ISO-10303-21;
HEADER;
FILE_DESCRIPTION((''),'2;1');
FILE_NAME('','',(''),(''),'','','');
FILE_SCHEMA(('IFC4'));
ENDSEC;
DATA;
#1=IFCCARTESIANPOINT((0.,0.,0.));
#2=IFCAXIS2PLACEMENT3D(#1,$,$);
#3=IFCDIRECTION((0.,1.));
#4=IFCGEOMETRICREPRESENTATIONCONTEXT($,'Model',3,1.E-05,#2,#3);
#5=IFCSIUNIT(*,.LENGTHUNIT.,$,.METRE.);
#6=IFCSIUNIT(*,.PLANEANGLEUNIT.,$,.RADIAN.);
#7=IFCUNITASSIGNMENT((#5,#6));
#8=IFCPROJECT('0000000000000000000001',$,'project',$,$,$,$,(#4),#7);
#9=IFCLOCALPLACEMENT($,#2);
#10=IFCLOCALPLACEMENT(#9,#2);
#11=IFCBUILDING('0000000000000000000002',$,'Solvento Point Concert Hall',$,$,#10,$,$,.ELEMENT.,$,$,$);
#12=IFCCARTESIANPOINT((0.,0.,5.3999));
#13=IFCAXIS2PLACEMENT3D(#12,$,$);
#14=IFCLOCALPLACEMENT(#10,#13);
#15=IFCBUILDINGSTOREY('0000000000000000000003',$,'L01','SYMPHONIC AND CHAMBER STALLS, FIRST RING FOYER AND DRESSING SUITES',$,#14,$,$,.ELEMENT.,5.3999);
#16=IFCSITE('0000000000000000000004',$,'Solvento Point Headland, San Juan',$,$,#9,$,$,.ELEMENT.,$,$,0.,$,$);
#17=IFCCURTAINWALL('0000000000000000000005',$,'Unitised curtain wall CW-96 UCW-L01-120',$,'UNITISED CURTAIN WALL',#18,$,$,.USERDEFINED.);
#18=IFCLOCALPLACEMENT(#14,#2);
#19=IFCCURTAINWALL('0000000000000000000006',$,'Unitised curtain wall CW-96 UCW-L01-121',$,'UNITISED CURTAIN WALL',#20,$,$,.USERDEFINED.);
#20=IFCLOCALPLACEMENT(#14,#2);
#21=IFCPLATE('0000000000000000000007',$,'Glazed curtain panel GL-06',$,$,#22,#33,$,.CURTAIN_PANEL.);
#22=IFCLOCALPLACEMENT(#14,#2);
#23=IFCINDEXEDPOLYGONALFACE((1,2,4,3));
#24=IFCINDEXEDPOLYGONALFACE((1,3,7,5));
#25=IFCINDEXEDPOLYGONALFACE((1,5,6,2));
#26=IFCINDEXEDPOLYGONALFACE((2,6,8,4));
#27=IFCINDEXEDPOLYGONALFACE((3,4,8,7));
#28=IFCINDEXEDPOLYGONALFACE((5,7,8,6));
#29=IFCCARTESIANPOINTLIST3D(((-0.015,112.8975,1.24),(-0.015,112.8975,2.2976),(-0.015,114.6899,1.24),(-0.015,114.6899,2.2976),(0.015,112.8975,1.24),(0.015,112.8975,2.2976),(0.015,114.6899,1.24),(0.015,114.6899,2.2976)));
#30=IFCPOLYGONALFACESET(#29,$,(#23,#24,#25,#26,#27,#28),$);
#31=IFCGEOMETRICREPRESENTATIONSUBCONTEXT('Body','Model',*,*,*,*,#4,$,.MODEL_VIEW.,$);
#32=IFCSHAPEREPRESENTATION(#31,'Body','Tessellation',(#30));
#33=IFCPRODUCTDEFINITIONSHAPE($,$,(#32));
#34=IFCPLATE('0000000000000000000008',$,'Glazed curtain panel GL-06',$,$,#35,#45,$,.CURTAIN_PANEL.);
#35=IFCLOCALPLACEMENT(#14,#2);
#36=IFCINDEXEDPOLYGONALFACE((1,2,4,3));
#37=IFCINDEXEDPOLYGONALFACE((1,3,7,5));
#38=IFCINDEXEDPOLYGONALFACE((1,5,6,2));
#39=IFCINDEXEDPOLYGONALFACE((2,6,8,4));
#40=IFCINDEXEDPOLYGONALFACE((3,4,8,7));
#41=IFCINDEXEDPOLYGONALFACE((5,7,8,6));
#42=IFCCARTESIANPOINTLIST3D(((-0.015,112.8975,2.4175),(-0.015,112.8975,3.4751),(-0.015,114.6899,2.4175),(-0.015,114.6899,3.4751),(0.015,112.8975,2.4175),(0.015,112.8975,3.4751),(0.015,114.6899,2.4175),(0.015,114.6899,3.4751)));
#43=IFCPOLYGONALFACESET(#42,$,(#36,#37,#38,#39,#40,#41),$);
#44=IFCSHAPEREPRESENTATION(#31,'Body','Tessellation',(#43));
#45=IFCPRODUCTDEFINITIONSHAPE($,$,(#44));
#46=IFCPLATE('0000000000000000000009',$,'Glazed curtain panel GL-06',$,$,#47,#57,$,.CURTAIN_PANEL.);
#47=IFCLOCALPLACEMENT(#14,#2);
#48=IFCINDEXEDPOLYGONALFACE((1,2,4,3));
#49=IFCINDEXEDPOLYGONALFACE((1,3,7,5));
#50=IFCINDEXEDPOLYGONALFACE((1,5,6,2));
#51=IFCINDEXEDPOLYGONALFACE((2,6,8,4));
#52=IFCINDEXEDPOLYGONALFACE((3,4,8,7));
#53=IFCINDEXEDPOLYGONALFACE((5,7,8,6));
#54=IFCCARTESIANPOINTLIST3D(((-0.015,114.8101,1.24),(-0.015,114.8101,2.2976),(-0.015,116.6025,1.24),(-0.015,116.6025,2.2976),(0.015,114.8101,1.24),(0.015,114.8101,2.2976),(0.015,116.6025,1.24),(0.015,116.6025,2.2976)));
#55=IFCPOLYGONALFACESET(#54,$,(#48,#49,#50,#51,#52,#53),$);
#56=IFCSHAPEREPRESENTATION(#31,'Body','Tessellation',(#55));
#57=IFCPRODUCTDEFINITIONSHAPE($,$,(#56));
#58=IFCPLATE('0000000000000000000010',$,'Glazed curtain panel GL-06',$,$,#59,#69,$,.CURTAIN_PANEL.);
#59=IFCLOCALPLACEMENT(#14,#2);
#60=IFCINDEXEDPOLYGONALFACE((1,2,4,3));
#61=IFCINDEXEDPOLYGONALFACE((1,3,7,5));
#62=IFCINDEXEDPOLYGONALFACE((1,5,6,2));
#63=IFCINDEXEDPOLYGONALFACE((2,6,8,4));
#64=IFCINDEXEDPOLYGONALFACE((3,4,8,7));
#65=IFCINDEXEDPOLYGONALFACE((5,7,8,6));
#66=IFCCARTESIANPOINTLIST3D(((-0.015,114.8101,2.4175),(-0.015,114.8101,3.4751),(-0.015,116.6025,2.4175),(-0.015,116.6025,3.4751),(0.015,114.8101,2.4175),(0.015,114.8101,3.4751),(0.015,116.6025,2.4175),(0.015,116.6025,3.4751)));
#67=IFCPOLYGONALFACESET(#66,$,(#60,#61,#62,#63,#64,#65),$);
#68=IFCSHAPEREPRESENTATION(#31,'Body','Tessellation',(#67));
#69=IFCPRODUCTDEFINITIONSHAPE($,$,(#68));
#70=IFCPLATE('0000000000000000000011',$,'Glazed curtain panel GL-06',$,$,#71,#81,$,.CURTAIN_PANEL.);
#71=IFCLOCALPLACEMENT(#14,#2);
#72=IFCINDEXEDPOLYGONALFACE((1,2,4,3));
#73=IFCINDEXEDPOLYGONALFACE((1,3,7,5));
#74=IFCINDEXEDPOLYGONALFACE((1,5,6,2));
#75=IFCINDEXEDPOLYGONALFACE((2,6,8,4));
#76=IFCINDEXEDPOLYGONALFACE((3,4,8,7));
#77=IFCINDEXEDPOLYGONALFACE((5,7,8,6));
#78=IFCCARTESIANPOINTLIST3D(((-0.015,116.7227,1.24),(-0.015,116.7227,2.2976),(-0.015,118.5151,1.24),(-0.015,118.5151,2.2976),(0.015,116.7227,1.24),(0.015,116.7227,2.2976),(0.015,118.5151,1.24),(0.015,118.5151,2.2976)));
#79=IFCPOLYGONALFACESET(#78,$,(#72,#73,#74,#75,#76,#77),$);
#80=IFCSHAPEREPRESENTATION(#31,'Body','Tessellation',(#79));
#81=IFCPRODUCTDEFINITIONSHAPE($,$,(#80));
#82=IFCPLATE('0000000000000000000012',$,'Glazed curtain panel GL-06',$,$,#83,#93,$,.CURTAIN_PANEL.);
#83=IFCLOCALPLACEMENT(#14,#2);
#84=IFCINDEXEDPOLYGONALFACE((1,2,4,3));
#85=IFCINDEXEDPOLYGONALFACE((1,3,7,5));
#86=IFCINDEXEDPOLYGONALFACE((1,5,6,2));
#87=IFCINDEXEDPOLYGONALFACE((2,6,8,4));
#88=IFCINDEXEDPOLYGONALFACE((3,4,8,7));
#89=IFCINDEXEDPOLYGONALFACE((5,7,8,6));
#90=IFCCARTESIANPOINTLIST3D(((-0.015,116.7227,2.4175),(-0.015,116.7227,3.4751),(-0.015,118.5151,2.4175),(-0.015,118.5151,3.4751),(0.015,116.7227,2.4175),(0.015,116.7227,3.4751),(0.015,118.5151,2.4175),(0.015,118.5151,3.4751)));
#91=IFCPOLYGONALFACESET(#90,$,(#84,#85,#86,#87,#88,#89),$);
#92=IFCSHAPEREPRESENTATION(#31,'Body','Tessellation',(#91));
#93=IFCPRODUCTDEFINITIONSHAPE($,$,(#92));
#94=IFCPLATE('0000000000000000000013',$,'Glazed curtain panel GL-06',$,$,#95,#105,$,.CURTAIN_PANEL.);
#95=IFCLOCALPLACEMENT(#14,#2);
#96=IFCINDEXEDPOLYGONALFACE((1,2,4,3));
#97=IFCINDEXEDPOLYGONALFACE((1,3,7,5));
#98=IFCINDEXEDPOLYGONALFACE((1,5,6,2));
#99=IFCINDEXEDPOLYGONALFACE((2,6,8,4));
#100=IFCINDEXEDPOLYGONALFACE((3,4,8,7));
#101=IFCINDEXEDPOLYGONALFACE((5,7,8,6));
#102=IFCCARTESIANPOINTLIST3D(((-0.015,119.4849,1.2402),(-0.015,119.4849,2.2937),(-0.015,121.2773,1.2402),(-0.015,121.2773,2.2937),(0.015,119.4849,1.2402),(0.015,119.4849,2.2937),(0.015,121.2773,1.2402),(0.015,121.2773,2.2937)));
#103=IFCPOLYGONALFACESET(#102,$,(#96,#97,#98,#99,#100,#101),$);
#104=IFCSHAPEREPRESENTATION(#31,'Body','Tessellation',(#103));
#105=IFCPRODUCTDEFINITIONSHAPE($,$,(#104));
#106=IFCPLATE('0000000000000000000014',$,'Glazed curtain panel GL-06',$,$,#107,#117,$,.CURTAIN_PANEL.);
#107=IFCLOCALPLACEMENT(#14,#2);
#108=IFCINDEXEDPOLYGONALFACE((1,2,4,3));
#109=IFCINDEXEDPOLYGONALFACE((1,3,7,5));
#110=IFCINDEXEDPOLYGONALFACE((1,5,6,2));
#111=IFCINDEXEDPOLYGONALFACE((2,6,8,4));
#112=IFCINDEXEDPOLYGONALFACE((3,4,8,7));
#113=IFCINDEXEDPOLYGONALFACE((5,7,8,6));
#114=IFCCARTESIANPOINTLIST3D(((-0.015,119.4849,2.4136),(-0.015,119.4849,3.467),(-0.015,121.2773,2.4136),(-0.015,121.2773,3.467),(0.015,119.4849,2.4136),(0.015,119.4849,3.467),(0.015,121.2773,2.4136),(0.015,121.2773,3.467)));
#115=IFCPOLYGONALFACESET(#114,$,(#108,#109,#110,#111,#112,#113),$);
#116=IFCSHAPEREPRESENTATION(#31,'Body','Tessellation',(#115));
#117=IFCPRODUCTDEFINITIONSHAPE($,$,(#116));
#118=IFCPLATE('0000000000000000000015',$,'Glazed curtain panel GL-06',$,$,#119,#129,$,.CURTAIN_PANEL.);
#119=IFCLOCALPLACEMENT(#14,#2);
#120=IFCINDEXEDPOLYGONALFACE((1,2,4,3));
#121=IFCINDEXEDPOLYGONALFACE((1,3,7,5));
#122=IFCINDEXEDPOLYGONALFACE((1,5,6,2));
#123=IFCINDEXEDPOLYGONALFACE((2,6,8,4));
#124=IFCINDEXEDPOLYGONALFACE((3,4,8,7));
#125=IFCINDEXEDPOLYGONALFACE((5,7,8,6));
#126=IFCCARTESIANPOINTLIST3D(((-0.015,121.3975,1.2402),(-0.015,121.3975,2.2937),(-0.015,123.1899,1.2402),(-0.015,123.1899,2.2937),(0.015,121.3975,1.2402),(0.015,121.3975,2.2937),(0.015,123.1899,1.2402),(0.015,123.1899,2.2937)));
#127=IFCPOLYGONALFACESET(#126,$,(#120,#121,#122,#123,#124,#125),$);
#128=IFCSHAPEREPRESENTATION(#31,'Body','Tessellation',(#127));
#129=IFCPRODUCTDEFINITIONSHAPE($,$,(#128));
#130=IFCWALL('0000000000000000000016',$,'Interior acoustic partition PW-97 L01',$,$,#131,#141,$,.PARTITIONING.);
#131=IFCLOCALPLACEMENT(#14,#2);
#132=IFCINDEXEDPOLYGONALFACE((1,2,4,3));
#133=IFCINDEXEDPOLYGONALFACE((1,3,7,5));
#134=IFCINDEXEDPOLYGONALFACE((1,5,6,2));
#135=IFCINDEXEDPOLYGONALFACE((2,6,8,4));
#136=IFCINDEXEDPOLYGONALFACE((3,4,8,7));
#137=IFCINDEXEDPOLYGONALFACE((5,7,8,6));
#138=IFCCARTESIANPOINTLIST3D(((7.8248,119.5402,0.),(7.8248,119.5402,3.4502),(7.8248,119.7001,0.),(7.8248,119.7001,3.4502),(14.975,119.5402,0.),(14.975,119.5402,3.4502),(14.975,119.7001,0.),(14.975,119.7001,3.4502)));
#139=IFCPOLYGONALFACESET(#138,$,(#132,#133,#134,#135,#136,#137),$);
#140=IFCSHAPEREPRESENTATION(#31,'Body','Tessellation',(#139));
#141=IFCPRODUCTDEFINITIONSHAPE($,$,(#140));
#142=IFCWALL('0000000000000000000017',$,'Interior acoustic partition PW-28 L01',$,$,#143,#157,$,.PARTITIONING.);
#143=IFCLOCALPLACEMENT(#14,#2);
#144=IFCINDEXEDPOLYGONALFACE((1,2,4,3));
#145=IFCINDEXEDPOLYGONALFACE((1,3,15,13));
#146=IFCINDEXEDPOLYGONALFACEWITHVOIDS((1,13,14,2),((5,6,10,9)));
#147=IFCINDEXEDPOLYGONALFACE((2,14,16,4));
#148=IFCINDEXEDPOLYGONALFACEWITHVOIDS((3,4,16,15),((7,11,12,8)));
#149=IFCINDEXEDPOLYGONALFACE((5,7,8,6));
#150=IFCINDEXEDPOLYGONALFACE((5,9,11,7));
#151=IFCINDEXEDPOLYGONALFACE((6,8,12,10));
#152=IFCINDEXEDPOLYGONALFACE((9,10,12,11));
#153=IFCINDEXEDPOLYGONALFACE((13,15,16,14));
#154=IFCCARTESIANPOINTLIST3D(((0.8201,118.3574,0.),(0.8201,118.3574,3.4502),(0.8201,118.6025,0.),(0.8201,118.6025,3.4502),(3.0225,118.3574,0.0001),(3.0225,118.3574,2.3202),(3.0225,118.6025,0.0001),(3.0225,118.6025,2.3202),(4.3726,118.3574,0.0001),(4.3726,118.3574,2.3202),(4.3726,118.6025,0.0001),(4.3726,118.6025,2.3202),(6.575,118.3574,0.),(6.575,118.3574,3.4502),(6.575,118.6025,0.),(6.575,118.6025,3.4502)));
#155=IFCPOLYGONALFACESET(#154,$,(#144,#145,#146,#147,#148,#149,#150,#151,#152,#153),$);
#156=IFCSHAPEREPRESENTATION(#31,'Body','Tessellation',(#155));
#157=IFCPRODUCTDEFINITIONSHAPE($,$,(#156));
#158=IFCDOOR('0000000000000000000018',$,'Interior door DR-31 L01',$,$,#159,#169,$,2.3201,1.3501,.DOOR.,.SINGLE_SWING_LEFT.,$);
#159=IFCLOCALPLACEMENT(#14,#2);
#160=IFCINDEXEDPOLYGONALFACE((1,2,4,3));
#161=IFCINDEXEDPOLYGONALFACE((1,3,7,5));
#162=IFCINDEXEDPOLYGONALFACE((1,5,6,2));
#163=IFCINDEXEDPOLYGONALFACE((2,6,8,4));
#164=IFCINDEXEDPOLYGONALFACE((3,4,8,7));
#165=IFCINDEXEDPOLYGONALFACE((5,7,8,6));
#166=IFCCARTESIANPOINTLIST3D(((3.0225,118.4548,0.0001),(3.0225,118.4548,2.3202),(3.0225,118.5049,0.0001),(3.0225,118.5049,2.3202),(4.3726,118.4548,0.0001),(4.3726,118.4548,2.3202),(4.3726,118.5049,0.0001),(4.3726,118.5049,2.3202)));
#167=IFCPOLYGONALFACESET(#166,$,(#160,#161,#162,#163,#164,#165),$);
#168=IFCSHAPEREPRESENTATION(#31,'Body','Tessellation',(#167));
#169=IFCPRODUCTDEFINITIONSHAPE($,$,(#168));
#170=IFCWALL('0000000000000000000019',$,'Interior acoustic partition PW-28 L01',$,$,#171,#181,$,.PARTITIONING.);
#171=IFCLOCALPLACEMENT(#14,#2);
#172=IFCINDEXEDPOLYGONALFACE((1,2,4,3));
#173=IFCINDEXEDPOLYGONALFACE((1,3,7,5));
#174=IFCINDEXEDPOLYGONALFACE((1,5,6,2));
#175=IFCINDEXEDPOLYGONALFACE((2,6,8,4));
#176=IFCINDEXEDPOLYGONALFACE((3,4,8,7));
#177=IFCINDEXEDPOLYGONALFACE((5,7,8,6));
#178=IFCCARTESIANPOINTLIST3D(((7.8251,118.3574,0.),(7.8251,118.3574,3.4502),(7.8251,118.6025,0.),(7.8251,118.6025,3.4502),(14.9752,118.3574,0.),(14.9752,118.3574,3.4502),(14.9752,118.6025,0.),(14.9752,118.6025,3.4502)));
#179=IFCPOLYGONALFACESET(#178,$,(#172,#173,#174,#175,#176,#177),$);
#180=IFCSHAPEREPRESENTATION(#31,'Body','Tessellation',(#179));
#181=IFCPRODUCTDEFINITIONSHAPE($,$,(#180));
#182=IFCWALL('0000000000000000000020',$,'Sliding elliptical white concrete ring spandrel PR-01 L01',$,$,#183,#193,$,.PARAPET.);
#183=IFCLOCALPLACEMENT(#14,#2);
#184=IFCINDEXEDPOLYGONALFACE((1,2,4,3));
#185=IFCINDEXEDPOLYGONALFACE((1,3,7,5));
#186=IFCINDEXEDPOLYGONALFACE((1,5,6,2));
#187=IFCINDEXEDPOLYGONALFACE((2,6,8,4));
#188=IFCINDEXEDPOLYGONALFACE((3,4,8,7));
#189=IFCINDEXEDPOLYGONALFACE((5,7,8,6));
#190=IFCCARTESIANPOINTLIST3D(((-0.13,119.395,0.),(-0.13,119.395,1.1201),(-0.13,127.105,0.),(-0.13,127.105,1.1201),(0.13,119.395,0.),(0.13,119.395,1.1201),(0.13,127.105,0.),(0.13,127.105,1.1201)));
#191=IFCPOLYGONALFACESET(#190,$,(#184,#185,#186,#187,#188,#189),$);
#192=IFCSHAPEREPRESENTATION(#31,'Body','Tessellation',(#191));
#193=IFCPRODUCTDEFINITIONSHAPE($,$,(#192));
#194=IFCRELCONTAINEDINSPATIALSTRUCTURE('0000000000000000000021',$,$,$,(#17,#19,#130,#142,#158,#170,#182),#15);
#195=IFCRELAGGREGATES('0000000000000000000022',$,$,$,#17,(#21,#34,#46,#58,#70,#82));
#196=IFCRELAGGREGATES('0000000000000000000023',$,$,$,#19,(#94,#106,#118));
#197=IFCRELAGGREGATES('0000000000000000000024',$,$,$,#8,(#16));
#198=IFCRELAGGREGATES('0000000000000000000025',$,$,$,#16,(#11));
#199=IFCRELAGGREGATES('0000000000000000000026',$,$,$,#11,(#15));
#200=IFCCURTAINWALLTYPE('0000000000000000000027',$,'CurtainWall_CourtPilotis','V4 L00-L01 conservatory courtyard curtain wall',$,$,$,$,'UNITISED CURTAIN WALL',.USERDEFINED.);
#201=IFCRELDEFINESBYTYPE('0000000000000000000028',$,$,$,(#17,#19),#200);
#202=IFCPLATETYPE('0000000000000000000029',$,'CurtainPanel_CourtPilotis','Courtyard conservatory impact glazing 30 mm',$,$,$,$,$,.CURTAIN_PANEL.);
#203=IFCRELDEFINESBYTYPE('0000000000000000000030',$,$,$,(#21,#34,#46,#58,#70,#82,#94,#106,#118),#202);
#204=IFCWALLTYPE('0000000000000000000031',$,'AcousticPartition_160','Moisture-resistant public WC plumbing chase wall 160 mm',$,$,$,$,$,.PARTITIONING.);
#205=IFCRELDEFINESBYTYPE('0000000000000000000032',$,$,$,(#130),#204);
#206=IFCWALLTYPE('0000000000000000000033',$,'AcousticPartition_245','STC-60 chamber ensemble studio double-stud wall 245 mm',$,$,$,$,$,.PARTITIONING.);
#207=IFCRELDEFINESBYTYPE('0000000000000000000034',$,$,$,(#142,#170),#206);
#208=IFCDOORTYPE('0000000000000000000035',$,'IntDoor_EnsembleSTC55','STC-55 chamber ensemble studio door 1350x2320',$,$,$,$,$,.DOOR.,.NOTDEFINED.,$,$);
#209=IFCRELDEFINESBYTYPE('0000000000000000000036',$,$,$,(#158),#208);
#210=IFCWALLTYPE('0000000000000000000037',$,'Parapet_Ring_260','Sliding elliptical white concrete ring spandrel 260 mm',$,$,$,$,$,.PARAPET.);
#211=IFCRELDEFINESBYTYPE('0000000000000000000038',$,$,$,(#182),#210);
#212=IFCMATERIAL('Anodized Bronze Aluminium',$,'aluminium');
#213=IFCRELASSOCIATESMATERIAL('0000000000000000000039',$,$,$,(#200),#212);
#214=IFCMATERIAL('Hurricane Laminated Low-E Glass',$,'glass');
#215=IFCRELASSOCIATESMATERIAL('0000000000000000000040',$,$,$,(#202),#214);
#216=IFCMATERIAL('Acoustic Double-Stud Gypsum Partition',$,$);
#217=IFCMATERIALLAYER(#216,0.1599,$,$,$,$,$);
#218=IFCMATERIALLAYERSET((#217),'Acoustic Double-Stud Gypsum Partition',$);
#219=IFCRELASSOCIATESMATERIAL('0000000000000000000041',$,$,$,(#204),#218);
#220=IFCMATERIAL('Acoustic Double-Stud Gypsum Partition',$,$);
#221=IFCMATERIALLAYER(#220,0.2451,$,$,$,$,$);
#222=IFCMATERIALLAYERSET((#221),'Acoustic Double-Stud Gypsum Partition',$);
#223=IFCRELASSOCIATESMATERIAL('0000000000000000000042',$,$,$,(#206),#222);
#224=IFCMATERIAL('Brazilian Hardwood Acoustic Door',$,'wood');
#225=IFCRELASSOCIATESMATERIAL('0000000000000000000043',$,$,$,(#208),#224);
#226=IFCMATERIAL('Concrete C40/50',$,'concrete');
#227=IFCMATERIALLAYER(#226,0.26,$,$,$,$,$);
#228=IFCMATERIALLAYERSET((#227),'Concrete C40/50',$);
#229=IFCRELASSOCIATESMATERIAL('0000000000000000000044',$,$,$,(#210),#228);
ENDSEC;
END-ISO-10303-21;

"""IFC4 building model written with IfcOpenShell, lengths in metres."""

from ifc_helpers import new_model, si_unit, direction, frame, frame_2d, origin, origin_2d, place, context, subcontext, project, spatial, rectangle, extrude, material, layer, layer_set, type_object, element, fill, aggregate, save


model = new_model("IFC4")

# Units and contexts
model_context = context("Model", 3, precision=1e-05, world=origin(), true_north=direction((0.0, 1.0)))
body_context = subcontext(model_context, "Body", "Model", "MODEL_VIEW")
ifc_project = project(units=[si_unit("LENGTHUNIT", "METRE"), si_unit("PLANEANGLEUNIT", "RADIAN")], contexts=[model_context])

# Site, building, storey
site_placement = place(None, origin())
site = spatial("IfcSite", under=ifc_project, at=site_placement, Name="Solvento Point Headland, San Juan", CompositionType="ELEMENT", RefElevation=0.0)
building_placement = place(site_placement, origin())
building = spatial("IfcBuilding", under=site, at=building_placement, Name="Solvento Point Concert Hall", CompositionType="ELEMENT")
storey_placement = place(building_placement, frame((0.0, 0.0, 5.3999)))
storey = spatial("IfcBuildingStorey", under=building, at=storey_placement, Name="L01", Description="SYMPHONIC AND CHAMBER STALLS, FIRST RING FOYER AND DRESSING SUITES", CompositionType="ELEMENT", Elevation=5.3999)

# Curtain walls
ifc_material_1 = material(Name="Anodized Bronze Aluminium", Category="aluminium")
curtain_wall_type = type_object("IfcCurtainWallType", Name="CurtainWall_CourtPilotis", Description="V4 L00-L01 conservatory courtyard curtain wall", ElementType="UNITISED CURTAIN WALL", PredefinedType="USERDEFINED", material=ifc_material_1)
curtain_wall_1_placement = place(storey_placement, origin())
curtain_wall_1 = element("IfcCurtainWall", 1, at=curtain_wall_1_placement, inside=storey, type_object=curtain_wall_type, Name="Unitised curtain wall CW-96 UCW-L01-120", ObjectType="UNITISED CURTAIN WALL", PredefinedType="USERDEFINED")
curtain_wall_2_placement = place(storey_placement, origin())
curtain_wall_2 = element("IfcCurtainWall", 2, at=curtain_wall_2_placement, inside=storey, type_object=curtain_wall_type, Name="Unitised curtain wall CW-96 UCW-L01-121", ObjectType="UNITISED CURTAIN WALL", PredefinedType="USERDEFINED")

# Plates
ifc_material_2 = material(Name="Hurricane Laminated Low-E Glass", Category="glass")
plate_type = type_object("IfcPlateType", Name="CurtainPanel_CourtPilotis", Description="Courtyard conservatory impact glazing 30 mm", PredefinedType="CURTAIN_PANEL", material=ifc_material_2)
plate_1_placement = place(storey_placement, frame((0.0, 113.7937, 1.24), z_axis=(0.0, 0.0, 1.0), x_axis=(0.0, 1.0, 0.0)))
plate_1 = element("IfcPlate", 3, at=plate_1_placement, type_object=plate_type, Name="Glazed curtain panel GL-06", PredefinedType="CURTAIN_PANEL", context=body_context, shape_type="SweptSolid", body=[
    extrude(rectangle(XDim=1.7925, YDim=0.03, at=origin_2d()), origin(), (0.0, 0.0, 1.0), 1.0576),
])
plate_2_placement = place(storey_placement, frame((0.0, 113.7937, 2.4175), z_axis=(0.0, 0.0, 1.0), x_axis=(0.0, 1.0, 0.0)))
plate_2 = element("IfcPlate", 4, at=plate_2_placement, type_object=plate_type, Name="Glazed curtain panel GL-06", PredefinedType="CURTAIN_PANEL", context=body_context, shape_type="SweptSolid", body=[
    extrude(rectangle(XDim=1.7925, YDim=0.03, at=origin_2d()), origin(), (0.0, 0.0, 1.0), 1.0576),
])
plate_3_placement = place(storey_placement, frame((0.0, 115.7063, 1.24), z_axis=(0.0, 0.0, 1.0), x_axis=(0.0, 1.0, 0.0)))
plate_3 = element("IfcPlate", 5, at=plate_3_placement, type_object=plate_type, Name="Glazed curtain panel GL-06", PredefinedType="CURTAIN_PANEL", context=body_context, shape_type="SweptSolid", body=[
    extrude(rectangle(XDim=1.7925, YDim=0.03, at=origin_2d()), origin(), (0.0, 0.0, 1.0), 1.0576),
])
plate_4_placement = place(storey_placement, frame((0.0, 115.7063, 2.4175), z_axis=(0.0, 0.0, 1.0), x_axis=(0.0, 1.0, 0.0)))
plate_4 = element("IfcPlate", 6, at=plate_4_placement, type_object=plate_type, Name="Glazed curtain panel GL-06", PredefinedType="CURTAIN_PANEL", context=body_context, shape_type="SweptSolid", body=[
    extrude(rectangle(XDim=1.7925, YDim=0.03, at=origin_2d()), origin(), (0.0, 0.0, 1.0), 1.0576),
])
plate_5_placement = place(storey_placement, frame((0.0, 117.6189, 1.24), z_axis=(0.0, 0.0, 1.0), x_axis=(0.0, 1.0, 0.0)))
plate_5 = element("IfcPlate", 7, at=plate_5_placement, type_object=plate_type, Name="Glazed curtain panel GL-06", PredefinedType="CURTAIN_PANEL", context=body_context, shape_type="SweptSolid", body=[
    extrude(rectangle(XDim=1.7925, YDim=0.03, at=origin_2d()), origin(), (0.0, 0.0, 1.0), 1.0576),
])
plate_6_placement = place(storey_placement, frame((0.0, 117.6189, 2.4175), z_axis=(0.0, 0.0, 1.0), x_axis=(0.0, 1.0, 0.0)))
plate_6 = element("IfcPlate", 8, at=plate_6_placement, type_object=plate_type, Name="Glazed curtain panel GL-06", PredefinedType="CURTAIN_PANEL", context=body_context, shape_type="SweptSolid", body=[
    extrude(rectangle(XDim=1.7925, YDim=0.03, at=origin_2d()), origin(), (0.0, 0.0, 1.0), 1.0576),
])
aggregate(curtain_wall_1, [plate_1, plate_2, plate_3, plate_4, plate_5, plate_6])
plate_7_placement = place(storey_placement, frame((0.0, 120.3811, 1.2402), z_axis=(0.0, 0.0, 1.0), x_axis=(0.0, 1.0, 0.0)))
plate_7 = element("IfcPlate", 9, at=plate_7_placement, type_object=plate_type, Name="Glazed curtain panel GL-06", PredefinedType="CURTAIN_PANEL", context=body_context, shape_type="SweptSolid", body=[
    extrude(rectangle(XDim=1.7925, YDim=0.03, at=origin_2d()), origin(), (0.0, 0.0, 1.0), 1.0535),
])
plate_8_placement = place(storey_placement, frame((0.0, 120.3811, 2.4136), z_axis=(0.0, 0.0, 1.0), x_axis=(0.0, 1.0, 0.0)))
plate_8 = element("IfcPlate", 10, at=plate_8_placement, type_object=plate_type, Name="Glazed curtain panel GL-06", PredefinedType="CURTAIN_PANEL", context=body_context, shape_type="SweptSolid", body=[
    extrude(rectangle(XDim=1.7925, YDim=0.03, at=origin_2d()), origin(), (0.0, 0.0, 1.0), 1.0535),
])
plate_9_placement = place(storey_placement, frame((0.0, 122.2937, 1.2402), z_axis=(0.0, 0.0, 1.0), x_axis=(0.0, 1.0, 0.0)))
plate_9 = element("IfcPlate", 11, at=plate_9_placement, type_object=plate_type, Name="Glazed curtain panel GL-06", PredefinedType="CURTAIN_PANEL", context=body_context, shape_type="SweptSolid", body=[
    extrude(rectangle(XDim=1.7925, YDim=0.03, at=origin_2d()), origin(), (0.0, 0.0, 1.0), 1.0535),
])
aggregate(curtain_wall_2, [plate_7, plate_8, plate_9])

# Wall
ifc_material_3 = material(Name="Acoustic Double-Stud Gypsum Partition")
ifc_layer_1 = layer(ifc_material_3, 0.1599)
ifc_layer_set_1 = layer_set([ifc_layer_1], Name="Acoustic Double-Stud Gypsum Partition")
wall_type_1 = type_object("IfcWallType", Name="AcousticPartition_160", Description="Moisture-resistant public WC plumbing chase wall 160 mm", PredefinedType="PARTITIONING", material=ifc_layer_set_1)
wall_1_placement = place(storey_placement, frame((14.9751, 119.6201, 0.0), z_axis=(0.0, 0.0, 1.0), x_axis=(-1.0, 0.0, 0.0)))
element("IfcWall", 12, at=wall_1_placement, inside=storey, type_object=wall_type_1, Name="Interior acoustic partition PW-97 L01", PredefinedType="PARTITIONING", context=body_context, shape_type="SweptSolid", body=[
    extrude(rectangle(XDim=7.1501, YDim=0.1599, at=frame_2d((3.5752, 0.0))), origin(), (0.0, 0.0, 1.0), 3.4502),
])

# Wall, opening, door
ifc_material_4 = material(Name="Acoustic Double-Stud Gypsum Partition")
ifc_layer_2 = layer(ifc_material_4, 0.2451)
ifc_layer_set_2 = layer_set([ifc_layer_2], Name="Acoustic Double-Stud Gypsum Partition")
wall_type_2 = type_object("IfcWallType", Name="AcousticPartition_245", Description="STC-60 chamber ensemble studio double-stud wall 245 mm", PredefinedType="PARTITIONING", material=ifc_layer_set_2)
wall_2_placement = place(storey_placement, frame((0.8201, 118.48, 0.0), z_axis=(0.0, 0.0, 1.0), x_axis=(1.0, 0.0, 0.0)))
wall_2 = element("IfcWall", 13, at=wall_2_placement, inside=storey, type_object=wall_type_2, Name="Interior acoustic partition PW-28 L01", PredefinedType="PARTITIONING", context=body_context, shape_type="SweptSolid", body=[
    extrude(rectangle(XDim=5.7549, YDim=0.2451, at=frame_2d((2.8774, 0.0))), origin(), (0.0, 0.0, 1.0), 3.4502),
])
opening_placement = place(wall_2_placement, frame((2.2024, 0.0, 0.0)))
opening = element("IfcOpeningElement", 14, at=opening_placement, cuts=wall_2, PredefinedType="OPENING", context=body_context, shape_type="SweptSolid", body=[
    extrude(rectangle(XDim=1.3501, YDim=2.3201, at=frame_2d((0.675, 1.1602))), frame((0.0, 0.1326, 0.0), z_axis=(0.0, -1.0, 0.0), x_axis=(1.0, 0.0, 0.0)), (0.0, 0.0, 1.0), 0.2651),
])
ifc_material_5 = material(Name="Brazilian Hardwood Acoustic Door", Category="wood")
door_type = type_object("IfcDoorType", Name="IntDoor_EnsembleSTC55", Description="STC-55 chamber ensemble studio door 1350x2320", OperationType="NOTDEFINED", PredefinedType="DOOR", material=ifc_material_5)
door_placement = place(opening_placement, origin())
door = element("IfcDoor", 15, at=door_placement, inside=storey, type_object=door_type, Name="Interior door DR-31 L01", OperationType="SINGLE_SWING_LEFT", OverallHeight=2.3201, OverallWidth=1.3501, PredefinedType="DOOR", context=body_context, shape_type="SweptSolid", body=[
    extrude(rectangle(XDim=1.3501, YDim=2.3201, at=frame_2d((0.675, 1.1602))), frame((0.0, 0.0249, 0.0), z_axis=(0.0, -1.0, 0.0), x_axis=(1.0, 0.0, 0.0)), (0.0, 0.0, 1.0), 0.05),
])
fill(opening, door)

# Walls
wall_3_placement = place(storey_placement, frame((7.825, 118.48, 0.0), z_axis=(0.0, 0.0, 1.0), x_axis=(1.0, 0.0, 0.0)))
element("IfcWall", 16, at=wall_3_placement, inside=storey, type_object=wall_type_2, Name="Interior acoustic partition PW-28 L01", PredefinedType="PARTITIONING", context=body_context, shape_type="SweptSolid", body=[
    extrude(rectangle(XDim=7.1501, YDim=0.2451, at=frame_2d((3.5752, 0.0))), origin(), (0.0, 0.0, 1.0), 3.4502),
])
ifc_material_6 = material(Name="Concrete C40/50", Category="concrete")
ifc_layer_3 = layer(ifc_material_6, 0.26)
ifc_layer_set_3 = layer_set([ifc_layer_3], Name="Concrete C40/50")
wall_type_3 = type_object("IfcWallType", Name="Parapet_Ring_260", Description="Sliding elliptical white concrete ring spandrel 260 mm", PredefinedType="PARAPET", material=ifc_layer_set_3)
wall_4_placement = place(storey_placement, frame((0.0, 119.395, 0.0), z_axis=(0.0, 0.0, 1.0), x_axis=(0.0, 1.0, 0.0)))
element("IfcWall", 17, at=wall_4_placement, inside=storey, type_object=wall_type_3, Name="Sliding elliptical white concrete ring spandrel PR-01 L01", PredefinedType="PARAPET", context=body_context, shape_type="SweptSolid", body=[
    extrude(rectangle(XDim=7.71, YDim=0.26, at=frame_2d((3.855, 0.0))), origin(), (0.0, 0.0, 1.0), 1.1201),
])

save(model, "model.ifc")
